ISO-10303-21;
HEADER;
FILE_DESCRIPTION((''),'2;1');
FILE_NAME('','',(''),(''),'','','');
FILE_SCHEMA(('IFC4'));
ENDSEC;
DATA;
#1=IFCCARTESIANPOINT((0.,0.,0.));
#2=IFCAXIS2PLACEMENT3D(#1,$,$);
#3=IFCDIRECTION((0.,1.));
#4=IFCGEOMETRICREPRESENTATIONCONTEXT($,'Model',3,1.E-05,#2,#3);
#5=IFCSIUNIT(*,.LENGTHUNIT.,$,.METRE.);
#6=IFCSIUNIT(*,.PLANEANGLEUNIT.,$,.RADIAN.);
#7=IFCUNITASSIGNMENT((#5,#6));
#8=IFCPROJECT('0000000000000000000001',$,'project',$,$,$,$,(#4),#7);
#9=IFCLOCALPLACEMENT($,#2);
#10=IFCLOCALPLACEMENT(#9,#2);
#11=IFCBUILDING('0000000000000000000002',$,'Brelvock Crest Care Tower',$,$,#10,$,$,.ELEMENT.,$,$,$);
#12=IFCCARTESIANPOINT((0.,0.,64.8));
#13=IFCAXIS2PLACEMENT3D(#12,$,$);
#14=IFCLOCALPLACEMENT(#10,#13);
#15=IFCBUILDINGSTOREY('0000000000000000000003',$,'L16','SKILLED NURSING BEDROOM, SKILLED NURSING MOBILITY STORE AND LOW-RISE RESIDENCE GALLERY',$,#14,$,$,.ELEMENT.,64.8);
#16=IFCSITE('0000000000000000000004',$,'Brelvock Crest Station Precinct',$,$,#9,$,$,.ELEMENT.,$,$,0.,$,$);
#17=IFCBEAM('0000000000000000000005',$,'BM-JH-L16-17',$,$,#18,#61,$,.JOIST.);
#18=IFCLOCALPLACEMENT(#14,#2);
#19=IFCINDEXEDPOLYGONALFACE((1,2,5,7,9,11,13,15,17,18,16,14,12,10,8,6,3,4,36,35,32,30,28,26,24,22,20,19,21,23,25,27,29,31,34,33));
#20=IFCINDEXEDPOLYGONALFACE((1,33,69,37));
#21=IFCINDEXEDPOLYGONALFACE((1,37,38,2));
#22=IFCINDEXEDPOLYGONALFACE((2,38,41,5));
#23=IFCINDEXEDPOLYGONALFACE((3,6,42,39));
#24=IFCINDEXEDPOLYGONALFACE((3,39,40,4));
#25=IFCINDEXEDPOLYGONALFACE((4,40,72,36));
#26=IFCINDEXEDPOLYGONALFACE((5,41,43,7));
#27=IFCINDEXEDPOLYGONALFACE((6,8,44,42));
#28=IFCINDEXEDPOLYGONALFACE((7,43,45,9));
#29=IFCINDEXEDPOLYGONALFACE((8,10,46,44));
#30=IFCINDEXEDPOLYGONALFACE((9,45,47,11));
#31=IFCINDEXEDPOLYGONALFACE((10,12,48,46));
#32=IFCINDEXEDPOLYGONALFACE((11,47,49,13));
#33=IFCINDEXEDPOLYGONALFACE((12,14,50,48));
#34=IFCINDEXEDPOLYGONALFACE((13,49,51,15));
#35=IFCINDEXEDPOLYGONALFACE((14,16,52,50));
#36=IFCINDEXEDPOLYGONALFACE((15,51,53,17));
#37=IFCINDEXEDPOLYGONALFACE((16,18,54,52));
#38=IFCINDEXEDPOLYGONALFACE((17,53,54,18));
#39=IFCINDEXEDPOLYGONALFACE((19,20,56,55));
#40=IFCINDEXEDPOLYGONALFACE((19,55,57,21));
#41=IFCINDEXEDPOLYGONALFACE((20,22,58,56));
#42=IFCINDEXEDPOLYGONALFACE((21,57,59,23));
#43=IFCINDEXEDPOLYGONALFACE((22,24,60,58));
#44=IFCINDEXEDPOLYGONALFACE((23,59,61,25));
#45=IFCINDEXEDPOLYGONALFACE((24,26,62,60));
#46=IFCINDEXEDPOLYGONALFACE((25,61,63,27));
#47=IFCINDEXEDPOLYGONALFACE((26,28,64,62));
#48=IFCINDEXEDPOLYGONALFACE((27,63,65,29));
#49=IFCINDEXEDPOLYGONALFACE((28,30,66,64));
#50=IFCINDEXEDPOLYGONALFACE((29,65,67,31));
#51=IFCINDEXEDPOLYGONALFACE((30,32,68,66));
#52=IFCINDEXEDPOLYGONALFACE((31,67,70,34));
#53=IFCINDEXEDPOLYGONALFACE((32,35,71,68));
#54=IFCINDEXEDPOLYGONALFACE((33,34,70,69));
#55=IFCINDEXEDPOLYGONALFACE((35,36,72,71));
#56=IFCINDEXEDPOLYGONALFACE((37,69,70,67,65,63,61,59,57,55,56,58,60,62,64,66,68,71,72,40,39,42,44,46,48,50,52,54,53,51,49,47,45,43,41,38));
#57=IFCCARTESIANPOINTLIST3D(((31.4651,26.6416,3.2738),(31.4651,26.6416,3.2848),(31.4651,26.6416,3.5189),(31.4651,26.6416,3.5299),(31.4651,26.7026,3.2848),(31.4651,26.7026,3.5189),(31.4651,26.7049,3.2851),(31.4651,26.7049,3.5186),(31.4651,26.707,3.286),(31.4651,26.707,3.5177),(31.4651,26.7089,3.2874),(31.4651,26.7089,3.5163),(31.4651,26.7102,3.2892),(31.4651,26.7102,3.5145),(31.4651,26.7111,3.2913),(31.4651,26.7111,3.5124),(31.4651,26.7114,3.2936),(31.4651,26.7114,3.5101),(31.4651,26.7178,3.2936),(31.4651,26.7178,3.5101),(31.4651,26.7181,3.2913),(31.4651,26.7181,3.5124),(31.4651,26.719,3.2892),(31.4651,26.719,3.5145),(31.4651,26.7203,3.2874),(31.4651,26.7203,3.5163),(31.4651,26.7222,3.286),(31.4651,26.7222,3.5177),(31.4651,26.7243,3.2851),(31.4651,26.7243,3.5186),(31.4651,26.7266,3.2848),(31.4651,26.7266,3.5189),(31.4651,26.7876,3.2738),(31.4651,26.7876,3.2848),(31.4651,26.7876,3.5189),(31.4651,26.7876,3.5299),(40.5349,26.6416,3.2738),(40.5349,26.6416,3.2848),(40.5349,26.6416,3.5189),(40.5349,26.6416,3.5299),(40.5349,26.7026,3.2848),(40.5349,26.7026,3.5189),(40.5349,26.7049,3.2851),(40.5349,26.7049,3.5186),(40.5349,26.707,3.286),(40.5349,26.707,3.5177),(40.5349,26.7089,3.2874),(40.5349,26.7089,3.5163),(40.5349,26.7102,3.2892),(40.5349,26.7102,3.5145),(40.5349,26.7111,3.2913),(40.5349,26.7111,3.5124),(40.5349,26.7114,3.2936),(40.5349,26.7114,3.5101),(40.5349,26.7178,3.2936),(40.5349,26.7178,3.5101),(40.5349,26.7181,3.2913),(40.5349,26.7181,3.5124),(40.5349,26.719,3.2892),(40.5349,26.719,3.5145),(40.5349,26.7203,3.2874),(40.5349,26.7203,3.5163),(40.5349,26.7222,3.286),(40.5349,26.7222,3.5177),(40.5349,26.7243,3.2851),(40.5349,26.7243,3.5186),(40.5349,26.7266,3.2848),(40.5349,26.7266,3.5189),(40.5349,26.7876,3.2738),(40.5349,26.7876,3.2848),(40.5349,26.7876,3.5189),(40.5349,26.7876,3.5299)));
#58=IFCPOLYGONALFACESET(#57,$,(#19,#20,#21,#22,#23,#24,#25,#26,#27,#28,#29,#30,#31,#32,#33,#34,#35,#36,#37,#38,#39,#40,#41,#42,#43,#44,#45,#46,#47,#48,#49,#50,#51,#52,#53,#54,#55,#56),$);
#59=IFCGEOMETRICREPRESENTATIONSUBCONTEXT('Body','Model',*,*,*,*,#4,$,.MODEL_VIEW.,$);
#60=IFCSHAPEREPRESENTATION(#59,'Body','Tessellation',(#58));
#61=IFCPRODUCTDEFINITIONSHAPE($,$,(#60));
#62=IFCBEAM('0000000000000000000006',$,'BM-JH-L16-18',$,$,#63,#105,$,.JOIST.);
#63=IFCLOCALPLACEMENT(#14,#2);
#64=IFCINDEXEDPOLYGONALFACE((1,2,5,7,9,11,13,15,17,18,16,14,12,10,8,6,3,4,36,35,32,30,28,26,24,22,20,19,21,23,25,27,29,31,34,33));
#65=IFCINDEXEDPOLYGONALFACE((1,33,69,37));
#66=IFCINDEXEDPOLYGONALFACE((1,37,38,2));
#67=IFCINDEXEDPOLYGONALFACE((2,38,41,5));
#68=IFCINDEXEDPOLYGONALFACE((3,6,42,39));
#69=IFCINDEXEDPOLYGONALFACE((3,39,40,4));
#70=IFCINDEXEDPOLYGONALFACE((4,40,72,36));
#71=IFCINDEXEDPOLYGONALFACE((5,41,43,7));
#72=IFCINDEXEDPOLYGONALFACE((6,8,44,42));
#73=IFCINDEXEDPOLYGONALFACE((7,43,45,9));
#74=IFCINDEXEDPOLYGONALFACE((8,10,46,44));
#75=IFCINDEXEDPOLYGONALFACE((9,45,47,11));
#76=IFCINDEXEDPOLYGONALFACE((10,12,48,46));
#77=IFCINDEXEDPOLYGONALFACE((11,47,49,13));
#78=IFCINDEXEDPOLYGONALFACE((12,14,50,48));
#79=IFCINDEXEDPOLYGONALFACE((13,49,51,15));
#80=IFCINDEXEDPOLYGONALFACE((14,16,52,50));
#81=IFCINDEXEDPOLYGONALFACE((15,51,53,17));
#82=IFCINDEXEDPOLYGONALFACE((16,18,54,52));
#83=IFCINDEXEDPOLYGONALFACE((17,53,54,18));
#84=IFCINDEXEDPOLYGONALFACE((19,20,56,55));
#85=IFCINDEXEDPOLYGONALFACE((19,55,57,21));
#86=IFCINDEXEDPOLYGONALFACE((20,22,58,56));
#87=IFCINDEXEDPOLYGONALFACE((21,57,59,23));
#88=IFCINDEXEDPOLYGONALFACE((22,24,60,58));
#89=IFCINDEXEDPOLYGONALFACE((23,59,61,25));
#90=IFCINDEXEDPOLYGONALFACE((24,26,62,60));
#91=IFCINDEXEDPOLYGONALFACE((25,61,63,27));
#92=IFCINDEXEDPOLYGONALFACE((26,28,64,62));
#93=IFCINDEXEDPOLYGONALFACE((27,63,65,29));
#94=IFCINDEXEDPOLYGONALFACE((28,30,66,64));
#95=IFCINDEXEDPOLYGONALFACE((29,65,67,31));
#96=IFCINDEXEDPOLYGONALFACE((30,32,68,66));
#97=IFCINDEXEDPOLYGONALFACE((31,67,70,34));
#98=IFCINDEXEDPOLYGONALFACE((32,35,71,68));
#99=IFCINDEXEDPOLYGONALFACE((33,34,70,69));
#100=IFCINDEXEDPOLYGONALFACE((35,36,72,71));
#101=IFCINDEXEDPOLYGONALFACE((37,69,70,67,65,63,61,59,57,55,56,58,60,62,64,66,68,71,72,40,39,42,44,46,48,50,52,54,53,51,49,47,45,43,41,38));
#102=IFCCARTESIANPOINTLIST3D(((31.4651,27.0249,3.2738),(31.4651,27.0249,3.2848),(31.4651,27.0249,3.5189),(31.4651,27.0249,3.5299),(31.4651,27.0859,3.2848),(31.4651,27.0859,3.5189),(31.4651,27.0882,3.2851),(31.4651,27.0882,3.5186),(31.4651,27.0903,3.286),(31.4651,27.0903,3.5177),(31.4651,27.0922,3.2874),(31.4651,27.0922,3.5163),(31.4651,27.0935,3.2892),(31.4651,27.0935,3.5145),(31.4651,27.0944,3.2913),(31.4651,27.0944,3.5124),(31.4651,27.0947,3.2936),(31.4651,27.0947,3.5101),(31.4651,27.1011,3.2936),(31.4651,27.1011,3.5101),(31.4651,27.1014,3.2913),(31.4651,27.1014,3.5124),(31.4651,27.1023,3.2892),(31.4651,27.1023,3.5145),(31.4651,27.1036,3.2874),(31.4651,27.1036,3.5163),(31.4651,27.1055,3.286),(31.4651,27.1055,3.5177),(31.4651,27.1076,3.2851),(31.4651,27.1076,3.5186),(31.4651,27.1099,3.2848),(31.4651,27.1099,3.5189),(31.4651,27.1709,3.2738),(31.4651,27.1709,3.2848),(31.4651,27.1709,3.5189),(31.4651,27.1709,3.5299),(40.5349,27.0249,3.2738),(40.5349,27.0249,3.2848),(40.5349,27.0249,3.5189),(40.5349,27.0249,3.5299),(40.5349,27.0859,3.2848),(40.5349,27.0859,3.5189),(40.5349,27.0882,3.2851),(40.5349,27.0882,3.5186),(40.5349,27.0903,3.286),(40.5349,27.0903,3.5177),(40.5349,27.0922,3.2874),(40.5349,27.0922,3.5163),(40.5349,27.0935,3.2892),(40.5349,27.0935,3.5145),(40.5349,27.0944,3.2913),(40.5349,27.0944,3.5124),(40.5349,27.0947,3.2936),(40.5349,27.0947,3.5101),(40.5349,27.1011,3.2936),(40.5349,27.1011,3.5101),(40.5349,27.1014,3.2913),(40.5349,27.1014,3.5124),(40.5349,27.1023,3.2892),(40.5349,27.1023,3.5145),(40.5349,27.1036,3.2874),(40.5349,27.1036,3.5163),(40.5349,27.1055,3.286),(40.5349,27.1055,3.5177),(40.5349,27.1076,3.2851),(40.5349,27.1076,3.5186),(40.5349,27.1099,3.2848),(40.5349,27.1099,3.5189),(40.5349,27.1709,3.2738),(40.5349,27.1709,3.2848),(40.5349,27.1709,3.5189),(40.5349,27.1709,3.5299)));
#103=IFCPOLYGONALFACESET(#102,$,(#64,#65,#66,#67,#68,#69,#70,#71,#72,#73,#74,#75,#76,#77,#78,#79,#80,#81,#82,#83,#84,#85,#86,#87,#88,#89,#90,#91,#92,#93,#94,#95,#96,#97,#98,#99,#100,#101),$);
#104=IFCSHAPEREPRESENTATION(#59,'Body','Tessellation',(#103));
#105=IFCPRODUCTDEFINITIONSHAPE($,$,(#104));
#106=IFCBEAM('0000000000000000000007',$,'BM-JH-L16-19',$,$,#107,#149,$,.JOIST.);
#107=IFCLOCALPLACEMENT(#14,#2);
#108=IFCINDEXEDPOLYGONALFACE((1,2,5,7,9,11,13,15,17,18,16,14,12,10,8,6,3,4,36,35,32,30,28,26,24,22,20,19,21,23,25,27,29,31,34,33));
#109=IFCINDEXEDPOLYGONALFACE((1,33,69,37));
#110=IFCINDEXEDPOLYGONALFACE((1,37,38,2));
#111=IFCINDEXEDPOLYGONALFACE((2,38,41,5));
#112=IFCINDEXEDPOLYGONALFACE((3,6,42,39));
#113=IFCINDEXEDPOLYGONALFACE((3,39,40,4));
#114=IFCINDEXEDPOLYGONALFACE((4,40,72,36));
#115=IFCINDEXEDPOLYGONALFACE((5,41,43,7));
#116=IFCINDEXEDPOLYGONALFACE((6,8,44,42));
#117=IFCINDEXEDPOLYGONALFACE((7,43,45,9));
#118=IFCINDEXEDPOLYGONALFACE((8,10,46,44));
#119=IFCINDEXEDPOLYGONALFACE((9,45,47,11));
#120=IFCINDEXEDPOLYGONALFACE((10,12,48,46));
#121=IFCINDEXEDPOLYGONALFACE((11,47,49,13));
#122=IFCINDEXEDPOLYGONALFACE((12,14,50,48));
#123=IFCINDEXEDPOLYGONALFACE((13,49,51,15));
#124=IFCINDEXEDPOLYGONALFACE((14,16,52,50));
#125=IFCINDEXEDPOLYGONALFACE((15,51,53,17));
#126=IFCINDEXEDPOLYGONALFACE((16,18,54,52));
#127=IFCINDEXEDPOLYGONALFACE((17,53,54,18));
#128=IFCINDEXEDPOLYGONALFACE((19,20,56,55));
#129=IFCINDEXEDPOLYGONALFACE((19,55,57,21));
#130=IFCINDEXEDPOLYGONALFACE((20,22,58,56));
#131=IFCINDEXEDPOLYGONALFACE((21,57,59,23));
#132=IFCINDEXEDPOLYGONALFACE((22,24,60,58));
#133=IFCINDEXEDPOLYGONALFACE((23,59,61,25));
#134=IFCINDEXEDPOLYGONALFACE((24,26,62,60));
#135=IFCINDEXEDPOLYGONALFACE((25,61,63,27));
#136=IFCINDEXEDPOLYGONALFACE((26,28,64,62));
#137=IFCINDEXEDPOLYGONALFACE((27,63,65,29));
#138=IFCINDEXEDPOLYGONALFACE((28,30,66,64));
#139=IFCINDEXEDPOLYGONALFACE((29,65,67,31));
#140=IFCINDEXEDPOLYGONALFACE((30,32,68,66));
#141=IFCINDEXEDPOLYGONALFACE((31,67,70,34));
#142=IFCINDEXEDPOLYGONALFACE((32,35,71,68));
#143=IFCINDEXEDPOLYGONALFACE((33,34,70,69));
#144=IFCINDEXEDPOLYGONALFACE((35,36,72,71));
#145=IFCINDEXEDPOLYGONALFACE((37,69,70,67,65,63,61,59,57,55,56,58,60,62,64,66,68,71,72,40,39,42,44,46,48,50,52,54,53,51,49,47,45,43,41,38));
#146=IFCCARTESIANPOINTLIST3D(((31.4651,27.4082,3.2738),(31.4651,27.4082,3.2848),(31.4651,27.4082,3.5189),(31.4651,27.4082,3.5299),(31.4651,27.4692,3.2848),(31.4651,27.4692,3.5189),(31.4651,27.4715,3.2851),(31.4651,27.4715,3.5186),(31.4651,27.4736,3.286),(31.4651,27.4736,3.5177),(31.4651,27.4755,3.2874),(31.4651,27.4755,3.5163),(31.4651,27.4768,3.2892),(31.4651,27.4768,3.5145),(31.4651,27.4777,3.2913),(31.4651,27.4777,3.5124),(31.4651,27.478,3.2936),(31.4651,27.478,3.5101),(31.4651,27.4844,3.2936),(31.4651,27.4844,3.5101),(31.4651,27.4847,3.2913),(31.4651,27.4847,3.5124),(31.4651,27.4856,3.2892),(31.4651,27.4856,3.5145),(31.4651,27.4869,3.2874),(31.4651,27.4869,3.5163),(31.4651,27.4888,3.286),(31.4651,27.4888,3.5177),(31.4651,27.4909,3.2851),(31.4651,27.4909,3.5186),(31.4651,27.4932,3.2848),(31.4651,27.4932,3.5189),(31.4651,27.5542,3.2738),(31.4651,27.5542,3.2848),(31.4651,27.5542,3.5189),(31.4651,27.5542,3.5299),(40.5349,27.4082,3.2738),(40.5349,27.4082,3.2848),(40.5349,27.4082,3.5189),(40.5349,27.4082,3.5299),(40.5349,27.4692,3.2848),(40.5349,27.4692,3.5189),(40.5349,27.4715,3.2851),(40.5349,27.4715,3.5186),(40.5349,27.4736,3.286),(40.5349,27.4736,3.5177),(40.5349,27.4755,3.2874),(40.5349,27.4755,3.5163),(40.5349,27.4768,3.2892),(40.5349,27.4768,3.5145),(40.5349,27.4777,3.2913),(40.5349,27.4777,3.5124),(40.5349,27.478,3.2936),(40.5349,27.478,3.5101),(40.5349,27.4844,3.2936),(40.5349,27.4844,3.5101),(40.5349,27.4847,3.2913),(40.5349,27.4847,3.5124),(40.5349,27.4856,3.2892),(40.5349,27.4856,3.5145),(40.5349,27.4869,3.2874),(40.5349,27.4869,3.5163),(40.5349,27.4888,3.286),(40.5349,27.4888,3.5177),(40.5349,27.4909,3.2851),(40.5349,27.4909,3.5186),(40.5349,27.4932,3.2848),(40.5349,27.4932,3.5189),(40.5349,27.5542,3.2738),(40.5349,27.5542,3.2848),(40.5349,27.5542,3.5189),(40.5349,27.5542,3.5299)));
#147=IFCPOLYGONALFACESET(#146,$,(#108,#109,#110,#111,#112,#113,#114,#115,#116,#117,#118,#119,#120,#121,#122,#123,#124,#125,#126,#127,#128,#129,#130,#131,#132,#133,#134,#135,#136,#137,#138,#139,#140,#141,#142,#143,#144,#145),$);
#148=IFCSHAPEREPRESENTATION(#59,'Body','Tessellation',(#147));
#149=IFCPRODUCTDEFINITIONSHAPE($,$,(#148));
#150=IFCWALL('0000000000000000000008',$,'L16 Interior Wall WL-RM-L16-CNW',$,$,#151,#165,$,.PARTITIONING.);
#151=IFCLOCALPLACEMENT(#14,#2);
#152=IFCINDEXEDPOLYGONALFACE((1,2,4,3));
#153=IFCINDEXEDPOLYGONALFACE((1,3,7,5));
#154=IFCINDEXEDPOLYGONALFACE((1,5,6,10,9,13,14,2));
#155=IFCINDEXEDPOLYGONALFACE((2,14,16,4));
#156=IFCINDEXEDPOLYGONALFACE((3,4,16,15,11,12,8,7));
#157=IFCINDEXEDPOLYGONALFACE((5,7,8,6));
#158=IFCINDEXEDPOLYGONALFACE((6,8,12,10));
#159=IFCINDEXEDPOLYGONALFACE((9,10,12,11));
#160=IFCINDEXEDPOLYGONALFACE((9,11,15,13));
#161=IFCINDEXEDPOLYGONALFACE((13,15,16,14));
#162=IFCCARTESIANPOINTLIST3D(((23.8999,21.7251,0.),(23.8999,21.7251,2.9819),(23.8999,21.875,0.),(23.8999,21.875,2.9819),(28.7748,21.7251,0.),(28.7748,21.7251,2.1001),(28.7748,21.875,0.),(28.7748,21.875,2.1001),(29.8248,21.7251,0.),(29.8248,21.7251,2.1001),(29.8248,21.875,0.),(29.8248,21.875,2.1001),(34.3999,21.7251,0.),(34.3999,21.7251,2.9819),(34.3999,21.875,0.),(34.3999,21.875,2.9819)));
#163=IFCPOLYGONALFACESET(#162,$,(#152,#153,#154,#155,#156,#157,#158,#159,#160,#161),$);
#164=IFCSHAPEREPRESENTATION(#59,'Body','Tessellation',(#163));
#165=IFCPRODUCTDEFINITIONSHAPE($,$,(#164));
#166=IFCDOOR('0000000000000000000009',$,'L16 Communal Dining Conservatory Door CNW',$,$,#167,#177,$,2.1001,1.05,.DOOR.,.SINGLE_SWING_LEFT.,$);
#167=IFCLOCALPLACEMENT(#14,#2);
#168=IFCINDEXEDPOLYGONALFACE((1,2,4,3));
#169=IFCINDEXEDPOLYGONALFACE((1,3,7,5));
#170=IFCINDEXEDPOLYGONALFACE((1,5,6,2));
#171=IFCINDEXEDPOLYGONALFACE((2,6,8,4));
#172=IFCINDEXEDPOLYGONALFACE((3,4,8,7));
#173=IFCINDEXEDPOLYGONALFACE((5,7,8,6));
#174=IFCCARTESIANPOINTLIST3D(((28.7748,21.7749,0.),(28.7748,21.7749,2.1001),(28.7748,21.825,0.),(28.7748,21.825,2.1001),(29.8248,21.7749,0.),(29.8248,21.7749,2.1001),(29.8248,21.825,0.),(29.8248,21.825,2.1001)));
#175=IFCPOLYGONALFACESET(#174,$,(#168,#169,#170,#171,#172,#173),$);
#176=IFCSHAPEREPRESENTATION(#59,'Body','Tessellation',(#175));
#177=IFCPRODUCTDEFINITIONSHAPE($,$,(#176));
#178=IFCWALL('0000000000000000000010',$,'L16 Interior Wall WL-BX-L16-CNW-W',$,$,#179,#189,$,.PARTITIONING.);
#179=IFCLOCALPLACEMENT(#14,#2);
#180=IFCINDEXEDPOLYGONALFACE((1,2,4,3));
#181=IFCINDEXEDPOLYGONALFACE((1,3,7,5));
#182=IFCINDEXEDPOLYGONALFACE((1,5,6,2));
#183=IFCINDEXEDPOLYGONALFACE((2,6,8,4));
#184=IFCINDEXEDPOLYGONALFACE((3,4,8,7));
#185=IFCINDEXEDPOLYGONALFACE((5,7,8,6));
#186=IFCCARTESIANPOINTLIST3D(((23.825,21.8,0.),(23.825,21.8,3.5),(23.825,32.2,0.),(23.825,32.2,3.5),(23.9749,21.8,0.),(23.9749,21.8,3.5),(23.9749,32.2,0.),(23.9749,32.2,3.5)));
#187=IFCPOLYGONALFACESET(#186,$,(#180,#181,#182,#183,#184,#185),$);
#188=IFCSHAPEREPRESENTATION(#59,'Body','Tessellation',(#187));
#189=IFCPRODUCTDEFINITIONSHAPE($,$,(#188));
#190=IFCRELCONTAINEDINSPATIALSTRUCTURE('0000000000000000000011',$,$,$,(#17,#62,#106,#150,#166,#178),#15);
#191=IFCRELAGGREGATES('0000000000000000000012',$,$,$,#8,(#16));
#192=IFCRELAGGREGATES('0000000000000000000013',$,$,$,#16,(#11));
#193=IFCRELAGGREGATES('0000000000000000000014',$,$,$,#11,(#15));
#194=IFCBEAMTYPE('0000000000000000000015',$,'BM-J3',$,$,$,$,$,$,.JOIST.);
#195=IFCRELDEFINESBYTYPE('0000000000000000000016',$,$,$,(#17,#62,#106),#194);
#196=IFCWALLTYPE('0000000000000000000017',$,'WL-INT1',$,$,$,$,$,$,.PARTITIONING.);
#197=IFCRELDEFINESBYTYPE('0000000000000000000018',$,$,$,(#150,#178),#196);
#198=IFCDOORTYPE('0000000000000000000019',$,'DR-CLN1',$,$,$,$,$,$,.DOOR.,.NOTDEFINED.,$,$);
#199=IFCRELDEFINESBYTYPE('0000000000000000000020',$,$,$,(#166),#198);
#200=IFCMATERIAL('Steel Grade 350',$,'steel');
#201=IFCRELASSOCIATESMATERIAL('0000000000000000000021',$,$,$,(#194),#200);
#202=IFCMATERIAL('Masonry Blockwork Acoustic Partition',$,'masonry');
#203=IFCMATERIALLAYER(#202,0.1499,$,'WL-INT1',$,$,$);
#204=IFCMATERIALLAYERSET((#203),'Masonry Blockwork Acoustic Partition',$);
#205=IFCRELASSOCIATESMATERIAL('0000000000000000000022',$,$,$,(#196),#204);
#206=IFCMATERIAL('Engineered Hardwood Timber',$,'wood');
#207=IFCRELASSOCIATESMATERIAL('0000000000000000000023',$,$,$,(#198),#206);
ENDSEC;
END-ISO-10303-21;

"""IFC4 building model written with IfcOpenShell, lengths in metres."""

from ifc_helpers import new_model, si_unit, direction, frame, frame_2d, origin, origin_2d, place, context, subcontext, project, spatial, rectangle, i_section, extrude, source, transform, mapped, material, layer, layer_set, material_profile, profile_set, type_object, element, fill, save


model = new_model("IFC4")

# Units and contexts
model_context = context("Model", 3, precision=1e-05, world=origin(), true_north=direction((0.0, 1.0)))
body_context = subcontext(model_context, "Body", "Model", "MODEL_VIEW")
ifc_project = project(units=[si_unit("LENGTHUNIT", "METRE"), si_unit("PLANEANGLEUNIT", "RADIAN")], contexts=[model_context])

# Site, building, storey
site_placement = place(None, origin())
site = spatial("IfcSite", under=ifc_project, at=site_placement, Name="Brelvock Crest Station Precinct", CompositionType="ELEMENT", RefElevation=0.0)
building_placement = place(site_placement, origin())
building = spatial("IfcBuilding", under=site, at=building_placement, Name="Brelvock Crest Care Tower", CompositionType="ELEMENT")
storey_placement = place(building_placement, frame((0.0, 0.0, 64.8)))
storey = spatial("IfcBuildingStorey", under=building, at=storey_placement, Name="L16", Description="SKILLED NURSING BEDROOM, SKILLED NURSING MOBILITY STORE AND LOW-RISE RESIDENCE GALLERY", CompositionType="ELEMENT", Elevation=64.8)

# Beams
ifc_material_1 = material(Name="Steel Grade 350", Category="steel")
ifc_material_profile = material_profile(ifc_material_1, i_section(OverallWidth=0.146, OverallDepth=0.2561, WebThickness=0.0063, FlangeThickness=0.011, FilletRadius=0.0088, at=origin_2d()), Name="250UB37.3")
ifc_profile_set = profile_set([ifc_material_profile], Name="Steel Grade 350")
beam_type = type_object("IfcBeamType", Name="BM-J3", PredefinedType="JOIST", material=ifc_profile_set)
shared_shape_1 = source(origin(), body_context, "Body", "SweptSolid", [
    extrude(i_section(OverallWidth=0.146, OverallDepth=0.2561, WebThickness=0.0063, FlangeThickness=0.011, FilletRadius=0.0088, at=origin_2d()), origin(), (0.0, 0.0, 1.0), 9.0698),
])
for number, where, z_axis, x_axis, name in (
    (1, (31.4651, 26.7146, 3.4019), (1.0, 0.0, 0.0), (0.0, 1.0, 0.0), "BM-JH-L16-17"),
    (2, (31.4651, 27.0979, 3.4019), (1.0, 0.0, 0.0), (0.0, 1.0, 0.0), "BM-JH-L16-18"),
    (3, (31.4651, 27.4812, 3.4019), (1.0, 0.0, 0.0), (0.0, 1.0, 0.0), "BM-JH-L16-19"),
):
    element("IfcBeam", number, at=place(storey_placement, frame(where, z_axis=z_axis, x_axis=x_axis)), inside=storey, type_object=beam_type, Name=name, PredefinedType="JOIST", context=body_context, shape_type="MappedRepresentation", body=[
        mapped(shared_shape_1, transform((0.0, 0.0, 0.0), x_axis=(1.0, 0.0, 0.0), y_axis=(0.0, 1.0, 0.0), z_axis=(0.0, 0.0, 1.0), scale=1.0)),
    ])

# Wall, opening, door
ifc_material_2 = material(Name="Masonry Blockwork Acoustic Partition", Category="masonry")
ifc_layer_1 = layer(ifc_material_2, 0.1499, Name="WL-INT1")
ifc_layer_set_1 = layer_set([ifc_layer_1], Name="Masonry Blockwork Acoustic Partition")
wall_type_1 = type_object("IfcWallType", Name="WL-INT1", PredefinedType="PARTITIONING", material=ifc_layer_set_1)
wall_1_placement = place(storey_placement, frame((23.8999, 21.8, 0.0), z_axis=(0.0, 0.0, 1.0), x_axis=(1.0, 0.0, 0.0)))
wall_1 = element("IfcWall", 4, at=wall_1_placement, inside=storey, type_object=wall_type_1, Name="L16 Interior Wall WL-RM-L16-CNW", PredefinedType="PARTITIONING", context=body_context, shape_type="SweptSolid", body=[
    extrude(rectangle(XDim=10.5, YDim=0.1499, at=frame_2d((5.25, 0.0))), origin(), (0.0, 0.0, 1.0), 2.9819),
])
opening_placement = place(wall_1_placement, frame((4.875, 0.0, 0.0)))
opening = element("IfcOpeningElement", 5, at=opening_placement, cuts=wall_1, PredefinedType="OPENING", context=body_context, shape_type="SweptSolid", body=[
    extrude(rectangle(XDim=1.05, YDim=2.1001, at=origin_2d()), frame((0.5249, 0.085, 1.05), z_axis=(0.0, -1.0, 0.0), x_axis=(1.0, 0.0, 0.0)), (0.0, 0.0, 1.0), 0.1699),
])
ifc_material_3 = material(Name="Engineered Hardwood Timber", Category="wood")
door_type = type_object("IfcDoorType", Name="DR-CLN1", OperationType="NOTDEFINED", PredefinedType="DOOR", material=ifc_material_3)
shared_shape_2 = source(origin(), body_context, "Body", "SweptSolid", [
    extrude(rectangle(XDim=1.05, YDim=2.1001, at=origin_2d()), frame((0.5249, 0.0249, 1.05), z_axis=(0.0, -1.0, 0.0), x_axis=(1.0, 0.0, 0.0)), (0.0, 0.0, 1.0), 0.05),
])
door_placement = place(opening_placement, origin())
door = element("IfcDoor", 6, at=door_placement, inside=storey, type_object=door_type, Name="L16 Communal Dining Conservatory Door CNW", OperationType="SINGLE_SWING_LEFT", OverallHeight=2.1001, OverallWidth=1.05, PredefinedType="DOOR", context=body_context, shape_type="MappedRepresentation", body=[
    mapped(shared_shape_2, transform((0.0, 0.0, 0.0), x_axis=(1.0, 0.0, 0.0), y_axis=(0.0, 1.0, 0.0), z_axis=(0.0, 0.0, 1.0), scale=1.0)),
])
fill(opening, door)

# Wall
wall_2_placement = place(storey_placement, frame((23.8999, 21.8, 0.0), z_axis=(0.0, 0.0, 1.0), x_axis=(0.0, 1.0, 0.0)))
element("IfcWall", 7, at=wall_2_placement, inside=storey, type_object=wall_type_1, Name="L16 Interior Wall WL-BX-L16-CNW-W", PredefinedType="PARTITIONING", context=body_context, shape_type="SweptSolid", body=[
    extrude(rectangle(XDim=10.3999, YDim=0.1499, at=frame_2d((5.2, 0.0))), origin(), (0.0, 0.0, 1.0), 3.5),
])

save(model, "model.ifc")
